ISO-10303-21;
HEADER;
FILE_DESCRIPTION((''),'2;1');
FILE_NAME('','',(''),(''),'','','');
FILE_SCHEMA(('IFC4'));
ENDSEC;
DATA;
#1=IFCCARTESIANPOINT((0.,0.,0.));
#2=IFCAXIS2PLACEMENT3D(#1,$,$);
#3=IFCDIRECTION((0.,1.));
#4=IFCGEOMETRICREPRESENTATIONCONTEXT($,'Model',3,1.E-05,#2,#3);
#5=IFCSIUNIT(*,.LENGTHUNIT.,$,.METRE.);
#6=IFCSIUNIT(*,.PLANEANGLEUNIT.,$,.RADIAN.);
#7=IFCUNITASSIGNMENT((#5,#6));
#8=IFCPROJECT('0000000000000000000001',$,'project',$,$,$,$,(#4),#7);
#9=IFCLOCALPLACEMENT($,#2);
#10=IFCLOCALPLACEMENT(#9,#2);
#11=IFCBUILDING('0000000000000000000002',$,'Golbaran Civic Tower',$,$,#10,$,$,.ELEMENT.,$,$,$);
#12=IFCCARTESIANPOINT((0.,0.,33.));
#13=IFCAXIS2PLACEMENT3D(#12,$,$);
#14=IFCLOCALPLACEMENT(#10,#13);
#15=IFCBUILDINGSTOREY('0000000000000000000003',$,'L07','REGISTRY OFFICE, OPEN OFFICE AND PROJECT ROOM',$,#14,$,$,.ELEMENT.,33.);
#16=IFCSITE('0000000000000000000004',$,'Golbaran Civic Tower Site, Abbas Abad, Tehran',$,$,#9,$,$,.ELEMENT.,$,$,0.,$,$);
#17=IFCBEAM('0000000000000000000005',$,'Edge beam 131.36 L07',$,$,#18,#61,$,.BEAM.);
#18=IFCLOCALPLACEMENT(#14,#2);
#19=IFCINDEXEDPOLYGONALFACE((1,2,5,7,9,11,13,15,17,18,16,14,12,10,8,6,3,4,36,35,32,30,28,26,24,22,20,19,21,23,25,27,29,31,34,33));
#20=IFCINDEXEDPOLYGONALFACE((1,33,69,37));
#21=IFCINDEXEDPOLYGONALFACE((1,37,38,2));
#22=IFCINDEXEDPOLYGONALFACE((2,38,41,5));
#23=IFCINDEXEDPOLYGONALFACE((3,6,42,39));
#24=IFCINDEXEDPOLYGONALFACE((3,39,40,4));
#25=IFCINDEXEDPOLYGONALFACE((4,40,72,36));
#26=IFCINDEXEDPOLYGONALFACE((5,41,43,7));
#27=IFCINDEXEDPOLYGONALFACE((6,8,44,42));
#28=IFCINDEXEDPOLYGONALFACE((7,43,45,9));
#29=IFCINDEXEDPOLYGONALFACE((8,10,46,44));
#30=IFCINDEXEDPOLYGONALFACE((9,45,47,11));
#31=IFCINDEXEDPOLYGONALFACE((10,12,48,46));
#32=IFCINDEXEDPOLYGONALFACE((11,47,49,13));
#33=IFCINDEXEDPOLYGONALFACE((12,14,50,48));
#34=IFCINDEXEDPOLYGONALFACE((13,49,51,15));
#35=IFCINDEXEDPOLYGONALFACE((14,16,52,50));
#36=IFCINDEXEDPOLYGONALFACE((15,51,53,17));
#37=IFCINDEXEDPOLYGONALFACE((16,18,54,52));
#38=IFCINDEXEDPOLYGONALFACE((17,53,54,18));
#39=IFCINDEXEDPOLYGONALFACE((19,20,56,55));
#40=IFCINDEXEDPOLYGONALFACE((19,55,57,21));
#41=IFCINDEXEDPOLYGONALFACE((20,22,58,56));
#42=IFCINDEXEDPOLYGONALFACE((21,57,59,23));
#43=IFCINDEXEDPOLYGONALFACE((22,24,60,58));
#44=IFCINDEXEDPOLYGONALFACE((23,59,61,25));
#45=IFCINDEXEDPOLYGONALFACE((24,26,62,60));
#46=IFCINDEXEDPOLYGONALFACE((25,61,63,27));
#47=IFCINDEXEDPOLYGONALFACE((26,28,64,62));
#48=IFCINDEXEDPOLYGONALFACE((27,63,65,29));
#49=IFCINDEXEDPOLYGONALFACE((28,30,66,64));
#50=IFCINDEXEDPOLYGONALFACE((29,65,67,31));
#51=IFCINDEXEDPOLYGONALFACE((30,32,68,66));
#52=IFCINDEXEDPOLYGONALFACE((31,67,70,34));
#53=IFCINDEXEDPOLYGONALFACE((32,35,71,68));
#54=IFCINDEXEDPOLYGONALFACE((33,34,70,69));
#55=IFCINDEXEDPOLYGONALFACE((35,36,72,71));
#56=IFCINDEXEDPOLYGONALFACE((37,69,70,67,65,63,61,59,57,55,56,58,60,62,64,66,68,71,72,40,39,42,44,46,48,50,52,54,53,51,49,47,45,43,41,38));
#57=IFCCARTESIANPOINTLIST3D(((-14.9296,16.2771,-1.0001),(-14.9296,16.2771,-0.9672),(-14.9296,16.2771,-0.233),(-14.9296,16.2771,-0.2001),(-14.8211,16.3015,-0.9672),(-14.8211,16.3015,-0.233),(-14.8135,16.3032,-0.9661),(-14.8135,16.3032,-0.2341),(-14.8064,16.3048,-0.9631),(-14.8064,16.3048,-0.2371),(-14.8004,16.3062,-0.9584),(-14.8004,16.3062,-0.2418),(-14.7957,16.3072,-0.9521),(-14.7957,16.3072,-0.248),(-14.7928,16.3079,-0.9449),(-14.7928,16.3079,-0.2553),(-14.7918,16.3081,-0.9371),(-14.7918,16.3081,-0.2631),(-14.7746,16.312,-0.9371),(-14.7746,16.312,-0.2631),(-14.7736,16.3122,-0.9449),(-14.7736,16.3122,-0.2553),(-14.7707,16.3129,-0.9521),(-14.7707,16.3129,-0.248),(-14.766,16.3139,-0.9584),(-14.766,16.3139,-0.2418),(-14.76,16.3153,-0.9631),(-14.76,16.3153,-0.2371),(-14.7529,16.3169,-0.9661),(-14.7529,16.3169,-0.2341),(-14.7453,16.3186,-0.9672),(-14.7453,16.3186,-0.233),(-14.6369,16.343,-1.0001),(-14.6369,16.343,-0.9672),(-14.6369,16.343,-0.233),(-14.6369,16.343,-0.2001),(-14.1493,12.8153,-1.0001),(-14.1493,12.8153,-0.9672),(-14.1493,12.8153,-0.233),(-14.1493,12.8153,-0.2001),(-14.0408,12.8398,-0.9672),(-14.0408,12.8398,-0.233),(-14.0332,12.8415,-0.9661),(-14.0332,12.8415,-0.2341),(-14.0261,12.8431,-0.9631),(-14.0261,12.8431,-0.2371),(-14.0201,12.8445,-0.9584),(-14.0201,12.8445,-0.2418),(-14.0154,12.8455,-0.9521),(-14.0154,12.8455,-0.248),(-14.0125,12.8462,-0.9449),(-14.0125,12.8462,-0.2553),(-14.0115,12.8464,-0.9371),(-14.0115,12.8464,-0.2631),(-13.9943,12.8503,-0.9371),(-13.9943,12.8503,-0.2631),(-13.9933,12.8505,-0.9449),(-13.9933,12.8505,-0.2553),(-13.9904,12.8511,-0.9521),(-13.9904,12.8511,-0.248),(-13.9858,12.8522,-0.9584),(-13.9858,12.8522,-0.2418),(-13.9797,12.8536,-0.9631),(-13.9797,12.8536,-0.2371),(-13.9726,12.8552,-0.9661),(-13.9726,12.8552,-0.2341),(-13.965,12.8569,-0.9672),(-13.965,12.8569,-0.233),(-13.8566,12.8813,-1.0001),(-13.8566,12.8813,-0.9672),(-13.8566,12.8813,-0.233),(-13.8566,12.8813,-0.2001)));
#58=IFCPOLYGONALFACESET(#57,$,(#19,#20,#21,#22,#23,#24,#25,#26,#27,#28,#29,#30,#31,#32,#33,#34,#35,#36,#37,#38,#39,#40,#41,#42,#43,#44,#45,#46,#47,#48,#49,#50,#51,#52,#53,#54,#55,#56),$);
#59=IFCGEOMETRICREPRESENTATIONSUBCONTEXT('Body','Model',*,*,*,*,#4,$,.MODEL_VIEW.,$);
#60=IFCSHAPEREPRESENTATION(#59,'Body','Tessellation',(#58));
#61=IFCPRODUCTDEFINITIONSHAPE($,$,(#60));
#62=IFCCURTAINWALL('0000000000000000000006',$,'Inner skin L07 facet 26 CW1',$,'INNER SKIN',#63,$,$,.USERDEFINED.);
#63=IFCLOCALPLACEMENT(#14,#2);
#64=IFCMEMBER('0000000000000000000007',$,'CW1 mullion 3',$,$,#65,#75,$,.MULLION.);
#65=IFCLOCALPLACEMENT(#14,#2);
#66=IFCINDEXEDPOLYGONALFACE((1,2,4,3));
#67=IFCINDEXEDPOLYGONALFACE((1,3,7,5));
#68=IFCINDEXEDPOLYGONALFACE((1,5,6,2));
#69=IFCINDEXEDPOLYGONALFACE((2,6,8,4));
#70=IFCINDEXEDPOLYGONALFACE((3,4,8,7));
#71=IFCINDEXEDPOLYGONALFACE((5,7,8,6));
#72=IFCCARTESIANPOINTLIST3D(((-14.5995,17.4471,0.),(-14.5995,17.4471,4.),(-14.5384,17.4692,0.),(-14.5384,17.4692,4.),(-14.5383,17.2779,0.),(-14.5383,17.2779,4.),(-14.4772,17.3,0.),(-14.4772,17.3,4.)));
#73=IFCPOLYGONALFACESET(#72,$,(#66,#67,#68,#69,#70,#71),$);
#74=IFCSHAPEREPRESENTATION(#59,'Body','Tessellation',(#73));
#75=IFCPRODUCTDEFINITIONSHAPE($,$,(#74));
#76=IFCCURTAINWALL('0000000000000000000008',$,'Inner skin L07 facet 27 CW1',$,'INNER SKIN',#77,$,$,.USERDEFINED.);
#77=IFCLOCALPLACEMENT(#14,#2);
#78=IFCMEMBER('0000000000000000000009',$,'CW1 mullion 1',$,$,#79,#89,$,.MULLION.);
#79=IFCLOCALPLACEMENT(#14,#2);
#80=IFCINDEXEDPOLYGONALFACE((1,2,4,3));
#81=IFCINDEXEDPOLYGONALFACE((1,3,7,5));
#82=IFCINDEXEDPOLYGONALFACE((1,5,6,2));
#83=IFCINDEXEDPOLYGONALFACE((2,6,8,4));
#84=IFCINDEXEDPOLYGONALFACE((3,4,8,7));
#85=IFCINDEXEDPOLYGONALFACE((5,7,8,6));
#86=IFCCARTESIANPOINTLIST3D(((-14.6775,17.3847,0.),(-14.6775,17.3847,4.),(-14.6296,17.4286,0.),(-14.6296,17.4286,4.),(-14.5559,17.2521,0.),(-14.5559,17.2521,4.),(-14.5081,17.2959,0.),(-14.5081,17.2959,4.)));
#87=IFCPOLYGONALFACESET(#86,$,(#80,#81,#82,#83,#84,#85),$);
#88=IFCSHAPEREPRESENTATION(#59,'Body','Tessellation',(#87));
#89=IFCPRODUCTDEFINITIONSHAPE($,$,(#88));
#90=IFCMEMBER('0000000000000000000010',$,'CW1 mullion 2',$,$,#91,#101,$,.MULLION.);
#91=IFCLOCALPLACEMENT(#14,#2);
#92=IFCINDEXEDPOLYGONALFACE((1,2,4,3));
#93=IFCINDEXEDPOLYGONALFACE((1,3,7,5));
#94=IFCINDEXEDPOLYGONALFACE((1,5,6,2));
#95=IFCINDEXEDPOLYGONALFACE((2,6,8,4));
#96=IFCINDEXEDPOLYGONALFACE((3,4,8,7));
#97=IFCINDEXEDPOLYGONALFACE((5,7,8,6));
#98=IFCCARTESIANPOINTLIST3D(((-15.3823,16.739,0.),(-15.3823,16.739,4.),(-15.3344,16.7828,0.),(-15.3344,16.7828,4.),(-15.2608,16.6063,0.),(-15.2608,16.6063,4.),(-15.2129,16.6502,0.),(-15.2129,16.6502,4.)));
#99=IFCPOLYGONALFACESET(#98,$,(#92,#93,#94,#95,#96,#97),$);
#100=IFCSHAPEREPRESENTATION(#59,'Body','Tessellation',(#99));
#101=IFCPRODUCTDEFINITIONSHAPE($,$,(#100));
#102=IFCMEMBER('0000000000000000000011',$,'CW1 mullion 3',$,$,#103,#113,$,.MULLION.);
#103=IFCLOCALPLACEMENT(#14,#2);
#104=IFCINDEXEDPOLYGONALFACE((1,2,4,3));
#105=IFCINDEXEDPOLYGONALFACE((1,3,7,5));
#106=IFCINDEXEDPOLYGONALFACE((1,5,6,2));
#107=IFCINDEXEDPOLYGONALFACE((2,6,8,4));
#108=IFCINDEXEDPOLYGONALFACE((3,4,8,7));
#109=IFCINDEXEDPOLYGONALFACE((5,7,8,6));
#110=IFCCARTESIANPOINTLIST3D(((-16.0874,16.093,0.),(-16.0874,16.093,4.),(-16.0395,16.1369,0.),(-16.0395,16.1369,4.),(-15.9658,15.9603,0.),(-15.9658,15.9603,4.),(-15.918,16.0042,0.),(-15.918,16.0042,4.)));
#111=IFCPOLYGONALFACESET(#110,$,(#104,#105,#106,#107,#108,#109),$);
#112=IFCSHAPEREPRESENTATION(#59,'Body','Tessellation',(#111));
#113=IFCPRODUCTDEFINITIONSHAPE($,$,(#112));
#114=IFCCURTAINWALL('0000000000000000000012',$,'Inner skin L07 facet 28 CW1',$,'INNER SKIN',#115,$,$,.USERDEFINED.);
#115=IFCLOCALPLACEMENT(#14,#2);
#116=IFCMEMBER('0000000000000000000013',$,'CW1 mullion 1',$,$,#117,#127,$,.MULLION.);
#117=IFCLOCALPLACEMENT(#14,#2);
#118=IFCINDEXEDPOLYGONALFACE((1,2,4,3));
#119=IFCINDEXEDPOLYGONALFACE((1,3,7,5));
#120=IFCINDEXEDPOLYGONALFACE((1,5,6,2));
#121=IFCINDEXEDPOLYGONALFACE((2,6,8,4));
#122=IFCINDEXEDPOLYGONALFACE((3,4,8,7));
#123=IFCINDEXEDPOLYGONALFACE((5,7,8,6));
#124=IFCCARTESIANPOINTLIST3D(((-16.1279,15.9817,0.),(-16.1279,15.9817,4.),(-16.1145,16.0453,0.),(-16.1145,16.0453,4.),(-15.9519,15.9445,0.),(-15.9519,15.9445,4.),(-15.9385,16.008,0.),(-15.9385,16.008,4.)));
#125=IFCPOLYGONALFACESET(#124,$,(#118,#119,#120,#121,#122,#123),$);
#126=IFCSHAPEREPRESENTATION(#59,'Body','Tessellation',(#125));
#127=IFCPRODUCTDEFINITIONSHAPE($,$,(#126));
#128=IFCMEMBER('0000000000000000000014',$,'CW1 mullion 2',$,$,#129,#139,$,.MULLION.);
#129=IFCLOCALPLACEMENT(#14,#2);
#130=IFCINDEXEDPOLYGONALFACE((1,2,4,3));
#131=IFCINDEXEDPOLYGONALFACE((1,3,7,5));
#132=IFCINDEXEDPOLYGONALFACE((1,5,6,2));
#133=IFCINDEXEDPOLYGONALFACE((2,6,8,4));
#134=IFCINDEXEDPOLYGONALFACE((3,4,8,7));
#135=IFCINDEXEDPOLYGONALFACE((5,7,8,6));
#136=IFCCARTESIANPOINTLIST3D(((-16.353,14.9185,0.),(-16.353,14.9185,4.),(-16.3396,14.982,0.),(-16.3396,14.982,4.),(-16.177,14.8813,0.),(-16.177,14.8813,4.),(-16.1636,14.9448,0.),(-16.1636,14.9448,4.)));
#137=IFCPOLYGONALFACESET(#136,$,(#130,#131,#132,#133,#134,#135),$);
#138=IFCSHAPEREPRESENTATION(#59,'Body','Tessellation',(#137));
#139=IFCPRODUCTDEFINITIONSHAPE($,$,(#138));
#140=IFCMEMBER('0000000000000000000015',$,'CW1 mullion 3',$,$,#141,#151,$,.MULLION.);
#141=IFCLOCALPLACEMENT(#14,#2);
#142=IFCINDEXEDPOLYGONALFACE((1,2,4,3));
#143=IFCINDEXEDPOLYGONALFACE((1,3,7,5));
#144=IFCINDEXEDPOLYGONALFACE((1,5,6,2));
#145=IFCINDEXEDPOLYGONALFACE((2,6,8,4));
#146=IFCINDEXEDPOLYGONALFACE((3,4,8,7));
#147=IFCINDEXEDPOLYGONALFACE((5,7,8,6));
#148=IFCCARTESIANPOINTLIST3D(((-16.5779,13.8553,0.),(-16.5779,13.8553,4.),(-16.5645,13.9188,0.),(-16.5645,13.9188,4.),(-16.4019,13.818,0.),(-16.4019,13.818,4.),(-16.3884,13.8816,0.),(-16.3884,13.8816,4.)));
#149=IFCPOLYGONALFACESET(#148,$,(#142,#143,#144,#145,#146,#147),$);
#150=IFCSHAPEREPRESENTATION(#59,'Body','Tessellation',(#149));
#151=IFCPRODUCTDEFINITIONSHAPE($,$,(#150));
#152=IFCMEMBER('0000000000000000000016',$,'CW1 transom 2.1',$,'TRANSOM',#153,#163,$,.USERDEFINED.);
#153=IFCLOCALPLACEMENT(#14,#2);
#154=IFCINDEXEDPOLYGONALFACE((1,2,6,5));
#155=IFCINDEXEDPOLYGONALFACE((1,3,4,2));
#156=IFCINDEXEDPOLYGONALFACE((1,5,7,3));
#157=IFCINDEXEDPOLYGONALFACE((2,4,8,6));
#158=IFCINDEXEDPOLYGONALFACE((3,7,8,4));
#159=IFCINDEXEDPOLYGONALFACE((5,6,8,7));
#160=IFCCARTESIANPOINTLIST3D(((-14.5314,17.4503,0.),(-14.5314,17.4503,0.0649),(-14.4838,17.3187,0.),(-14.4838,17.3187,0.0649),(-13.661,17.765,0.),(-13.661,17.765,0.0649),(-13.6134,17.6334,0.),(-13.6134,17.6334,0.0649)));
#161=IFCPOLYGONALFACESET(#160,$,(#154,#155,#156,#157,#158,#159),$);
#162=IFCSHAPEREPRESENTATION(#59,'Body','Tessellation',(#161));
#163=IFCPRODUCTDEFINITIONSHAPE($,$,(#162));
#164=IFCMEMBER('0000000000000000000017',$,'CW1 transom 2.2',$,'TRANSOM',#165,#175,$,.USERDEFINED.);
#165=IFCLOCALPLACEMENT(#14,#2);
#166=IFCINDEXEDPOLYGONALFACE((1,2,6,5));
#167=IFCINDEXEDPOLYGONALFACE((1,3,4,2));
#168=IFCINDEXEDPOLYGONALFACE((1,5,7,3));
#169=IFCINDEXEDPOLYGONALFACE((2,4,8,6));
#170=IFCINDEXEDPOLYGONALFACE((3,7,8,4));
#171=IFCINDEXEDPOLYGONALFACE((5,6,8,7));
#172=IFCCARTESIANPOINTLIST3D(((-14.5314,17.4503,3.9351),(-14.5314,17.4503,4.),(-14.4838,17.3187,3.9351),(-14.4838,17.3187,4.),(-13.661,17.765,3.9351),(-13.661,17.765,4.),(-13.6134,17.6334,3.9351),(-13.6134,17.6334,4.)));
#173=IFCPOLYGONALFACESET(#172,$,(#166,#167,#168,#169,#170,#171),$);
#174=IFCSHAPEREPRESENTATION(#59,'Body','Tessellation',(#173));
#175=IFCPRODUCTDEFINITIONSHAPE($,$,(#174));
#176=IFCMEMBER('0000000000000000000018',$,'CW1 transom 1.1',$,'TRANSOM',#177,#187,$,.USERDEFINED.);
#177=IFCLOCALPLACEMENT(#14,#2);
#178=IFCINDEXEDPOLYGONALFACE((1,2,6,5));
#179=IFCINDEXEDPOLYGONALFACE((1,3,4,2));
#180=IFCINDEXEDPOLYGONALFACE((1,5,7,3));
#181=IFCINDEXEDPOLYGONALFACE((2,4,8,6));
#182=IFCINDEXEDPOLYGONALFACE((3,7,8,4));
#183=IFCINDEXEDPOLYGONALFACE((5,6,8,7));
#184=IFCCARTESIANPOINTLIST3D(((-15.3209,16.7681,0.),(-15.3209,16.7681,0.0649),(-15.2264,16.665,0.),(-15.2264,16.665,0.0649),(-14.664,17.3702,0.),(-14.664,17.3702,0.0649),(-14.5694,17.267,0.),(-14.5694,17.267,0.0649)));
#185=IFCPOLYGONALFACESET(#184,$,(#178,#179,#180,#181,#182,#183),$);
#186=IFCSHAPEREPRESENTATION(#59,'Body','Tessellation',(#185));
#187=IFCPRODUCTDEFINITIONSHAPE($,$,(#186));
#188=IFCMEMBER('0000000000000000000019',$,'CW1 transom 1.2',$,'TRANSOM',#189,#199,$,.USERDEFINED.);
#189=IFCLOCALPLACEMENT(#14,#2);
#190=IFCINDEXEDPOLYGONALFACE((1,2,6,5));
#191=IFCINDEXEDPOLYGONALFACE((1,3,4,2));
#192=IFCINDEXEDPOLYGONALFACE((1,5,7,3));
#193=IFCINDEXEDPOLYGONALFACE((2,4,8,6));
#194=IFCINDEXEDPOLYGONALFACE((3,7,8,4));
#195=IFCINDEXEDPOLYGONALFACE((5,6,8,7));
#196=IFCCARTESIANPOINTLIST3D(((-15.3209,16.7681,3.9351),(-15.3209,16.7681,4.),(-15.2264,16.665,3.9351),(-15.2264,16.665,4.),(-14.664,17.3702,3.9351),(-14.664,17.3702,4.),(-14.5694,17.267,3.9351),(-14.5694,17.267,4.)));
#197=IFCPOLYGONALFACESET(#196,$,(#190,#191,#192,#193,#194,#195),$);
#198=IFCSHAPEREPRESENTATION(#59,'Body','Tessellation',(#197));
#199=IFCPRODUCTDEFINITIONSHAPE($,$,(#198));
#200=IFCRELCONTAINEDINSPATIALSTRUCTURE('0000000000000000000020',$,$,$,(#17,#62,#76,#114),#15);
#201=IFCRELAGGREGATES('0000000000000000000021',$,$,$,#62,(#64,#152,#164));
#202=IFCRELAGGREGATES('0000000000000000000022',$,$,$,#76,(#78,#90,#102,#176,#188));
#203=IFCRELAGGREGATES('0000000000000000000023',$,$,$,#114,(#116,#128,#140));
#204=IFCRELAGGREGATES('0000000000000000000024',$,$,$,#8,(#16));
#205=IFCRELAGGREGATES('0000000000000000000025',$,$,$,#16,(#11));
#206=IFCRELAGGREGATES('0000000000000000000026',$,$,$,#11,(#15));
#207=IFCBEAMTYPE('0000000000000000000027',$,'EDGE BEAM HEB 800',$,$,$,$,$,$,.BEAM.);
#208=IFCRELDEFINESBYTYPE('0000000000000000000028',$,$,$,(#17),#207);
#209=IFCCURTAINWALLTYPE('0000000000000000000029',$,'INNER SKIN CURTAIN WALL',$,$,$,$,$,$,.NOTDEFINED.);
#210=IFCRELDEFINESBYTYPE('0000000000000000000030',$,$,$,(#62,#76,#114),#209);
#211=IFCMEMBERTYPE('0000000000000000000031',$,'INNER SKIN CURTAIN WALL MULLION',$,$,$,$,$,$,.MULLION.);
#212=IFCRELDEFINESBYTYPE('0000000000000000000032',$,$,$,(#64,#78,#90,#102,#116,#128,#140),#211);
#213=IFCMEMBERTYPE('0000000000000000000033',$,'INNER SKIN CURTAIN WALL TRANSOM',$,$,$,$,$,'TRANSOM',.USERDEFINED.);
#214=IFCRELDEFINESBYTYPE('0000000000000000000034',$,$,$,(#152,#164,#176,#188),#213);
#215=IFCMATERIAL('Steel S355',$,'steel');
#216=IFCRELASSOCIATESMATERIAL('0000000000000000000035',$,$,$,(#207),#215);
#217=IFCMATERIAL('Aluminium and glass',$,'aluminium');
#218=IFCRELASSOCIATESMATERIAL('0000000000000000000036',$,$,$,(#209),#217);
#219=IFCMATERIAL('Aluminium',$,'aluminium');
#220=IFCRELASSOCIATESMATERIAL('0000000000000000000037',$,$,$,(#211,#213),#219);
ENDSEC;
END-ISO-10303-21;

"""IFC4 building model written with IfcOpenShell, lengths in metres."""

from ifc_helpers import new_model, si_unit, direction, frame, origin, origin_2d, place, context, subcontext, project, spatial, rectangle, i_section, extrude, material, material_profile, profile_set, type_object, element, aggregate, save


model = new_model("IFC4")

# Units and contexts
model_context = context("Model", 3, precision=1e-05, world=origin(), true_north=direction((0.0, 1.0)))
body_context = subcontext(model_context, "Body", "Model", "MODEL_VIEW")
ifc_project = project(units=[si_unit("LENGTHUNIT", "METRE"), si_unit("PLANEANGLEUNIT", "RADIAN")], contexts=[model_context])

# Site, building, storey
site_placement = place(None, origin())
site = spatial("IfcSite", under=ifc_project, at=site_placement, Name="Golbaran Civic Tower Site, Abbas Abad, Tehran", CompositionType="ELEMENT", RefElevation=0.0)
building_placement = place(site_placement, origin())
building = spatial("IfcBuilding", under=site, at=building_placement, Name="Golbaran Civic Tower", CompositionType="ELEMENT")
storey_placement = place(building_placement, frame((0.0, 0.0, 33.0)))
storey = spatial("IfcBuildingStorey", under=building, at=storey_placement, Name="L07", Description="REGISTRY OFFICE, OPEN OFFICE AND PROJECT ROOM", CompositionType="ELEMENT", Elevation=33.0)

# Beam
ifc_material_1 = material(Name="Steel S355", Category="steel")
ifc_material_profile_1 = material_profile(ifc_material_1, i_section(OverallWidth=0.3, OverallDepth=0.8, WebThickness=0.0176, FlangeThickness=0.033, FilletRadius=0.03, at=origin_2d()), Name="HEB 800")
ifc_profile_set_1 = profile_set([ifc_material_profile_1], Name="Steel S355")
beam_type = type_object("IfcBeamType", Name="EDGE BEAM HEB 800", PredefinedType="BEAM", material=ifc_profile_set_1)
beam_placement = place(storey_placement, frame((-14.7832, 16.3101, -0.6001), z_axis=(0.219887, -0.975525, 0.0), x_axis=(0.975525, 0.219887, 0.0)))
element("IfcBeam", 1, at=beam_placement, inside=storey, type_object=beam_type, Name="Edge beam 131.36 L07", PredefinedType="BEAM", context=body_context, shape_type="SweptSolid", body=[
    extrude(i_section(OverallWidth=0.3, OverallDepth=0.8, WebThickness=0.0176, FlangeThickness=0.033, FilletRadius=0.03, at=origin_2d()), origin(), (0.0, 0.0, 1.0), 3.5486),
])

# Curtain wall, member
ifc_material_2 = material(Name="Aluminium and glass", Category="aluminium")
curtain_wall_type = type_object("IfcCurtainWallType", Name="INNER SKIN CURTAIN WALL", PredefinedType="NOTDEFINED", material=ifc_material_2)
curtain_wall_1_placement = place(storey_placement, origin())
curtain_wall_1 = element("IfcCurtainWall", 2, at=curtain_wall_1_placement, inside=storey, type_object=curtain_wall_type, Name="Inner skin L07 facet 26 CW1", ObjectType="INNER SKIN", PredefinedType="USERDEFINED")
ifc_material_3 = material(Name="Aluminium", Category="aluminium")
ifc_material_profile_2 = material_profile(ifc_material_3, rectangle(XDim=0.1799, YDim=0.0649, at=origin_2d()), Name="INNER SKIN CURTAIN WALL MULLION")
ifc_profile_set_2 = profile_set([ifc_material_profile_2], Name="Aluminium")
member_type_1 = type_object("IfcMemberType", Name="INNER SKIN CURTAIN WALL MULLION", PredefinedType="MULLION", material=ifc_profile_set_2)
member_1_placement = place(storey_placement, frame((-14.5383, 17.3735, 0.0), z_axis=(0.0, 0.0, 1.0), x_axis=(0.340045, -0.940409, 0.0)))
member_1 = element("IfcMember", 3, at=member_1_placement, type_object=member_type_1, Name="CW1 mullion 3", PredefinedType="MULLION", context=body_context, shape_type="SweptSolid", body=[
    extrude(rectangle(XDim=0.1799, YDim=0.0649, at=origin_2d()), origin(), (0.0, 0.0, 1.0), 4.0),
])

# Curtain walls, members
curtain_wall_2_placement = place(storey_placement, origin())
curtain_wall_2 = element("IfcCurtainWall", 4, at=curtain_wall_2_placement, inside=storey, type_object=curtain_wall_type, Name="Inner skin L07 facet 27 CW1", ObjectType="INNER SKIN", PredefinedType="USERDEFINED")
member_2_placement = place(storey_placement, frame((-14.5928, 17.3403, 0.0), z_axis=(0.0, 0.0, 1.0), x_axis=(0.67559, -0.737277, 0.0)))
member_2 = element("IfcMember", 5, at=member_2_placement, type_object=member_type_1, Name="CW1 mullion 1", PredefinedType="MULLION", context=body_context, shape_type="SweptSolid", body=[
    extrude(rectangle(XDim=0.1799, YDim=0.0649, at=origin_2d()), origin(), (0.0, 0.0, 1.0), 4.0),
])
member_3_placement = place(storey_placement, frame((-15.2976, 16.6946, 0.0), z_axis=(0.0, 0.0, 1.0), x_axis=(0.67559, -0.737277, 0.0)))
member_3 = element("IfcMember", 6, at=member_3_placement, type_object=member_type_1, Name="CW1 mullion 2", PredefinedType="MULLION", context=body_context, shape_type="SweptSolid", body=[
    extrude(rectangle(XDim=0.1799, YDim=0.0649, at=origin_2d()), origin(), (0.0, 0.0, 1.0), 4.0),
])
member_4_placement = place(storey_placement, frame((-16.0027, 16.0486, 0.0), z_axis=(0.0, 0.0, 1.0), x_axis=(0.67559, -0.737277, 0.0)))
member_4 = element("IfcMember", 7, at=member_4_placement, type_object=member_type_1, Name="CW1 mullion 3", PredefinedType="MULLION", context=body_context, shape_type="SweptSolid", body=[
    extrude(rectangle(XDim=0.1799, YDim=0.0649, at=origin_2d()), origin(), (0.0, 0.0, 1.0), 4.0),
])
curtain_wall_3_placement = place(storey_placement, origin())
curtain_wall_3 = element("IfcCurtainWall", 8, at=curtain_wall_3_placement, inside=storey, type_object=curtain_wall_type, Name="Inner skin L07 facet 28 CW1", ObjectType="INNER SKIN", PredefinedType="USERDEFINED")
member_5_placement = place(storey_placement, frame((-16.0332, 15.9949, 0.0), z_axis=(0.0, 0.0, 1.0), x_axis=(0.978346, -0.206977, 0.0)))
member_5 = element("IfcMember", 9, at=member_5_placement, type_object=member_type_1, Name="CW1 mullion 1", PredefinedType="MULLION", context=body_context, shape_type="SweptSolid", body=[
    extrude(rectangle(XDim=0.1799, YDim=0.0649, at=origin_2d()), origin(), (0.0, 0.0, 1.0), 4.0),
])
member_6_placement = place(storey_placement, frame((-16.2583, 14.9316, 0.0), z_axis=(0.0, 0.0, 1.0), x_axis=(0.978346, -0.206977, 0.0)))
member_6 = element("IfcMember", 10, at=member_6_placement, type_object=member_type_1, Name="CW1 mullion 2", PredefinedType="MULLION", context=body_context, shape_type="SweptSolid", body=[
    extrude(rectangle(XDim=0.1799, YDim=0.0649, at=origin_2d()), origin(), (0.0, 0.0, 1.0), 4.0),
])
member_7_placement = place(storey_placement, frame((-16.4832, 13.8684, 0.0), z_axis=(0.0, 0.0, 1.0), x_axis=(0.978346, -0.206977, 0.0)))
member_7 = element("IfcMember", 11, at=member_7_placement, type_object=member_type_1, Name="CW1 mullion 3", PredefinedType="MULLION", context=body_context, shape_type="SweptSolid", body=[
    extrude(rectangle(XDim=0.1799, YDim=0.0649, at=origin_2d()), origin(), (0.0, 0.0, 1.0), 4.0),
])

# Members
ifc_material_profile_3 = material_profile(ifc_material_3, rectangle(XDim=0.1399, YDim=0.0649, at=origin_2d()), Name="INNER SKIN CURTAIN WALL TRANSOM")
ifc_profile_set_3 = profile_set([ifc_material_profile_3], Name="Aluminium")
member_type_2 = type_object("IfcMemberType", Name="INNER SKIN CURTAIN WALL TRANSOM", ElementType="TRANSOM", PredefinedType="USERDEFINED", material=ifc_profile_set_3)
member_8_placement = place(storey_placement, frame((-13.6372, 17.6992, 0.0325), z_axis=(-0.940416, -0.340027, 0.0), x_axis=(0.340027, -0.940416, 0.0)))
member_8 = element("IfcMember", 12, at=member_8_placement, type_object=member_type_2, Name="CW1 transom 2.1", ObjectType="TRANSOM", PredefinedType="USERDEFINED", context=body_context, shape_type="SweptSolid", body=[
    extrude(rectangle(XDim=0.1399, YDim=0.0649, at=origin_2d()), origin(), (0.0, 0.0, 1.0), 0.9255),
])
member_9_placement = place(storey_placement, frame((-13.6372, 17.6992, 3.9675), z_axis=(-0.940416, -0.340027, 0.0), x_axis=(0.340027, -0.940416, 0.0)))
member_9 = element("IfcMember", 13, at=member_9_placement, type_object=member_type_2, Name="CW1 transom 2.2", ObjectType="TRANSOM", PredefinedType="USERDEFINED", context=body_context, shape_type="SweptSolid", body=[
    extrude(rectangle(XDim=0.1399, YDim=0.0649, at=origin_2d()), origin(), (0.0, 0.0, 1.0), 0.9255),
])
member_10_placement = place(storey_placement, frame((-14.6167, 17.3186, 0.0325), z_axis=(-0.737256, -0.675613, 0.0), x_axis=(0.675613, -0.737256, 0.0)))
member_10 = element("IfcMember", 14, at=member_10_placement, type_object=member_type_2, Name="CW1 transom 1.1", ObjectType="TRANSOM", PredefinedType="USERDEFINED", context=body_context, shape_type="SweptSolid", body=[
    extrude(rectangle(XDim=0.1399, YDim=0.0649, at=origin_2d()), origin(), (0.0, 0.0, 1.0), 0.8911),
])
member_11_placement = place(storey_placement, frame((-14.6167, 17.3186, 3.9675), z_axis=(-0.737256, -0.675613, 0.0), x_axis=(0.675613, -0.737256, 0.0)))
member_11 = element("IfcMember", 15, at=member_11_placement, type_object=member_type_2, Name="CW1 transom 1.2", ObjectType="TRANSOM", PredefinedType="USERDEFINED", context=body_context, shape_type="SweptSolid", body=[
    extrude(rectangle(XDim=0.1399, YDim=0.0649, at=origin_2d()), origin(), (0.0, 0.0, 1.0), 0.8911),
])

aggregate(curtain_wall_1, [member_1, member_8, member_9])
aggregate(curtain_wall_2, [member_2, member_3, member_4, member_10, member_11])
aggregate(curtain_wall_3, [member_5, member_6, member_7])

save(model, "model.ifc")
